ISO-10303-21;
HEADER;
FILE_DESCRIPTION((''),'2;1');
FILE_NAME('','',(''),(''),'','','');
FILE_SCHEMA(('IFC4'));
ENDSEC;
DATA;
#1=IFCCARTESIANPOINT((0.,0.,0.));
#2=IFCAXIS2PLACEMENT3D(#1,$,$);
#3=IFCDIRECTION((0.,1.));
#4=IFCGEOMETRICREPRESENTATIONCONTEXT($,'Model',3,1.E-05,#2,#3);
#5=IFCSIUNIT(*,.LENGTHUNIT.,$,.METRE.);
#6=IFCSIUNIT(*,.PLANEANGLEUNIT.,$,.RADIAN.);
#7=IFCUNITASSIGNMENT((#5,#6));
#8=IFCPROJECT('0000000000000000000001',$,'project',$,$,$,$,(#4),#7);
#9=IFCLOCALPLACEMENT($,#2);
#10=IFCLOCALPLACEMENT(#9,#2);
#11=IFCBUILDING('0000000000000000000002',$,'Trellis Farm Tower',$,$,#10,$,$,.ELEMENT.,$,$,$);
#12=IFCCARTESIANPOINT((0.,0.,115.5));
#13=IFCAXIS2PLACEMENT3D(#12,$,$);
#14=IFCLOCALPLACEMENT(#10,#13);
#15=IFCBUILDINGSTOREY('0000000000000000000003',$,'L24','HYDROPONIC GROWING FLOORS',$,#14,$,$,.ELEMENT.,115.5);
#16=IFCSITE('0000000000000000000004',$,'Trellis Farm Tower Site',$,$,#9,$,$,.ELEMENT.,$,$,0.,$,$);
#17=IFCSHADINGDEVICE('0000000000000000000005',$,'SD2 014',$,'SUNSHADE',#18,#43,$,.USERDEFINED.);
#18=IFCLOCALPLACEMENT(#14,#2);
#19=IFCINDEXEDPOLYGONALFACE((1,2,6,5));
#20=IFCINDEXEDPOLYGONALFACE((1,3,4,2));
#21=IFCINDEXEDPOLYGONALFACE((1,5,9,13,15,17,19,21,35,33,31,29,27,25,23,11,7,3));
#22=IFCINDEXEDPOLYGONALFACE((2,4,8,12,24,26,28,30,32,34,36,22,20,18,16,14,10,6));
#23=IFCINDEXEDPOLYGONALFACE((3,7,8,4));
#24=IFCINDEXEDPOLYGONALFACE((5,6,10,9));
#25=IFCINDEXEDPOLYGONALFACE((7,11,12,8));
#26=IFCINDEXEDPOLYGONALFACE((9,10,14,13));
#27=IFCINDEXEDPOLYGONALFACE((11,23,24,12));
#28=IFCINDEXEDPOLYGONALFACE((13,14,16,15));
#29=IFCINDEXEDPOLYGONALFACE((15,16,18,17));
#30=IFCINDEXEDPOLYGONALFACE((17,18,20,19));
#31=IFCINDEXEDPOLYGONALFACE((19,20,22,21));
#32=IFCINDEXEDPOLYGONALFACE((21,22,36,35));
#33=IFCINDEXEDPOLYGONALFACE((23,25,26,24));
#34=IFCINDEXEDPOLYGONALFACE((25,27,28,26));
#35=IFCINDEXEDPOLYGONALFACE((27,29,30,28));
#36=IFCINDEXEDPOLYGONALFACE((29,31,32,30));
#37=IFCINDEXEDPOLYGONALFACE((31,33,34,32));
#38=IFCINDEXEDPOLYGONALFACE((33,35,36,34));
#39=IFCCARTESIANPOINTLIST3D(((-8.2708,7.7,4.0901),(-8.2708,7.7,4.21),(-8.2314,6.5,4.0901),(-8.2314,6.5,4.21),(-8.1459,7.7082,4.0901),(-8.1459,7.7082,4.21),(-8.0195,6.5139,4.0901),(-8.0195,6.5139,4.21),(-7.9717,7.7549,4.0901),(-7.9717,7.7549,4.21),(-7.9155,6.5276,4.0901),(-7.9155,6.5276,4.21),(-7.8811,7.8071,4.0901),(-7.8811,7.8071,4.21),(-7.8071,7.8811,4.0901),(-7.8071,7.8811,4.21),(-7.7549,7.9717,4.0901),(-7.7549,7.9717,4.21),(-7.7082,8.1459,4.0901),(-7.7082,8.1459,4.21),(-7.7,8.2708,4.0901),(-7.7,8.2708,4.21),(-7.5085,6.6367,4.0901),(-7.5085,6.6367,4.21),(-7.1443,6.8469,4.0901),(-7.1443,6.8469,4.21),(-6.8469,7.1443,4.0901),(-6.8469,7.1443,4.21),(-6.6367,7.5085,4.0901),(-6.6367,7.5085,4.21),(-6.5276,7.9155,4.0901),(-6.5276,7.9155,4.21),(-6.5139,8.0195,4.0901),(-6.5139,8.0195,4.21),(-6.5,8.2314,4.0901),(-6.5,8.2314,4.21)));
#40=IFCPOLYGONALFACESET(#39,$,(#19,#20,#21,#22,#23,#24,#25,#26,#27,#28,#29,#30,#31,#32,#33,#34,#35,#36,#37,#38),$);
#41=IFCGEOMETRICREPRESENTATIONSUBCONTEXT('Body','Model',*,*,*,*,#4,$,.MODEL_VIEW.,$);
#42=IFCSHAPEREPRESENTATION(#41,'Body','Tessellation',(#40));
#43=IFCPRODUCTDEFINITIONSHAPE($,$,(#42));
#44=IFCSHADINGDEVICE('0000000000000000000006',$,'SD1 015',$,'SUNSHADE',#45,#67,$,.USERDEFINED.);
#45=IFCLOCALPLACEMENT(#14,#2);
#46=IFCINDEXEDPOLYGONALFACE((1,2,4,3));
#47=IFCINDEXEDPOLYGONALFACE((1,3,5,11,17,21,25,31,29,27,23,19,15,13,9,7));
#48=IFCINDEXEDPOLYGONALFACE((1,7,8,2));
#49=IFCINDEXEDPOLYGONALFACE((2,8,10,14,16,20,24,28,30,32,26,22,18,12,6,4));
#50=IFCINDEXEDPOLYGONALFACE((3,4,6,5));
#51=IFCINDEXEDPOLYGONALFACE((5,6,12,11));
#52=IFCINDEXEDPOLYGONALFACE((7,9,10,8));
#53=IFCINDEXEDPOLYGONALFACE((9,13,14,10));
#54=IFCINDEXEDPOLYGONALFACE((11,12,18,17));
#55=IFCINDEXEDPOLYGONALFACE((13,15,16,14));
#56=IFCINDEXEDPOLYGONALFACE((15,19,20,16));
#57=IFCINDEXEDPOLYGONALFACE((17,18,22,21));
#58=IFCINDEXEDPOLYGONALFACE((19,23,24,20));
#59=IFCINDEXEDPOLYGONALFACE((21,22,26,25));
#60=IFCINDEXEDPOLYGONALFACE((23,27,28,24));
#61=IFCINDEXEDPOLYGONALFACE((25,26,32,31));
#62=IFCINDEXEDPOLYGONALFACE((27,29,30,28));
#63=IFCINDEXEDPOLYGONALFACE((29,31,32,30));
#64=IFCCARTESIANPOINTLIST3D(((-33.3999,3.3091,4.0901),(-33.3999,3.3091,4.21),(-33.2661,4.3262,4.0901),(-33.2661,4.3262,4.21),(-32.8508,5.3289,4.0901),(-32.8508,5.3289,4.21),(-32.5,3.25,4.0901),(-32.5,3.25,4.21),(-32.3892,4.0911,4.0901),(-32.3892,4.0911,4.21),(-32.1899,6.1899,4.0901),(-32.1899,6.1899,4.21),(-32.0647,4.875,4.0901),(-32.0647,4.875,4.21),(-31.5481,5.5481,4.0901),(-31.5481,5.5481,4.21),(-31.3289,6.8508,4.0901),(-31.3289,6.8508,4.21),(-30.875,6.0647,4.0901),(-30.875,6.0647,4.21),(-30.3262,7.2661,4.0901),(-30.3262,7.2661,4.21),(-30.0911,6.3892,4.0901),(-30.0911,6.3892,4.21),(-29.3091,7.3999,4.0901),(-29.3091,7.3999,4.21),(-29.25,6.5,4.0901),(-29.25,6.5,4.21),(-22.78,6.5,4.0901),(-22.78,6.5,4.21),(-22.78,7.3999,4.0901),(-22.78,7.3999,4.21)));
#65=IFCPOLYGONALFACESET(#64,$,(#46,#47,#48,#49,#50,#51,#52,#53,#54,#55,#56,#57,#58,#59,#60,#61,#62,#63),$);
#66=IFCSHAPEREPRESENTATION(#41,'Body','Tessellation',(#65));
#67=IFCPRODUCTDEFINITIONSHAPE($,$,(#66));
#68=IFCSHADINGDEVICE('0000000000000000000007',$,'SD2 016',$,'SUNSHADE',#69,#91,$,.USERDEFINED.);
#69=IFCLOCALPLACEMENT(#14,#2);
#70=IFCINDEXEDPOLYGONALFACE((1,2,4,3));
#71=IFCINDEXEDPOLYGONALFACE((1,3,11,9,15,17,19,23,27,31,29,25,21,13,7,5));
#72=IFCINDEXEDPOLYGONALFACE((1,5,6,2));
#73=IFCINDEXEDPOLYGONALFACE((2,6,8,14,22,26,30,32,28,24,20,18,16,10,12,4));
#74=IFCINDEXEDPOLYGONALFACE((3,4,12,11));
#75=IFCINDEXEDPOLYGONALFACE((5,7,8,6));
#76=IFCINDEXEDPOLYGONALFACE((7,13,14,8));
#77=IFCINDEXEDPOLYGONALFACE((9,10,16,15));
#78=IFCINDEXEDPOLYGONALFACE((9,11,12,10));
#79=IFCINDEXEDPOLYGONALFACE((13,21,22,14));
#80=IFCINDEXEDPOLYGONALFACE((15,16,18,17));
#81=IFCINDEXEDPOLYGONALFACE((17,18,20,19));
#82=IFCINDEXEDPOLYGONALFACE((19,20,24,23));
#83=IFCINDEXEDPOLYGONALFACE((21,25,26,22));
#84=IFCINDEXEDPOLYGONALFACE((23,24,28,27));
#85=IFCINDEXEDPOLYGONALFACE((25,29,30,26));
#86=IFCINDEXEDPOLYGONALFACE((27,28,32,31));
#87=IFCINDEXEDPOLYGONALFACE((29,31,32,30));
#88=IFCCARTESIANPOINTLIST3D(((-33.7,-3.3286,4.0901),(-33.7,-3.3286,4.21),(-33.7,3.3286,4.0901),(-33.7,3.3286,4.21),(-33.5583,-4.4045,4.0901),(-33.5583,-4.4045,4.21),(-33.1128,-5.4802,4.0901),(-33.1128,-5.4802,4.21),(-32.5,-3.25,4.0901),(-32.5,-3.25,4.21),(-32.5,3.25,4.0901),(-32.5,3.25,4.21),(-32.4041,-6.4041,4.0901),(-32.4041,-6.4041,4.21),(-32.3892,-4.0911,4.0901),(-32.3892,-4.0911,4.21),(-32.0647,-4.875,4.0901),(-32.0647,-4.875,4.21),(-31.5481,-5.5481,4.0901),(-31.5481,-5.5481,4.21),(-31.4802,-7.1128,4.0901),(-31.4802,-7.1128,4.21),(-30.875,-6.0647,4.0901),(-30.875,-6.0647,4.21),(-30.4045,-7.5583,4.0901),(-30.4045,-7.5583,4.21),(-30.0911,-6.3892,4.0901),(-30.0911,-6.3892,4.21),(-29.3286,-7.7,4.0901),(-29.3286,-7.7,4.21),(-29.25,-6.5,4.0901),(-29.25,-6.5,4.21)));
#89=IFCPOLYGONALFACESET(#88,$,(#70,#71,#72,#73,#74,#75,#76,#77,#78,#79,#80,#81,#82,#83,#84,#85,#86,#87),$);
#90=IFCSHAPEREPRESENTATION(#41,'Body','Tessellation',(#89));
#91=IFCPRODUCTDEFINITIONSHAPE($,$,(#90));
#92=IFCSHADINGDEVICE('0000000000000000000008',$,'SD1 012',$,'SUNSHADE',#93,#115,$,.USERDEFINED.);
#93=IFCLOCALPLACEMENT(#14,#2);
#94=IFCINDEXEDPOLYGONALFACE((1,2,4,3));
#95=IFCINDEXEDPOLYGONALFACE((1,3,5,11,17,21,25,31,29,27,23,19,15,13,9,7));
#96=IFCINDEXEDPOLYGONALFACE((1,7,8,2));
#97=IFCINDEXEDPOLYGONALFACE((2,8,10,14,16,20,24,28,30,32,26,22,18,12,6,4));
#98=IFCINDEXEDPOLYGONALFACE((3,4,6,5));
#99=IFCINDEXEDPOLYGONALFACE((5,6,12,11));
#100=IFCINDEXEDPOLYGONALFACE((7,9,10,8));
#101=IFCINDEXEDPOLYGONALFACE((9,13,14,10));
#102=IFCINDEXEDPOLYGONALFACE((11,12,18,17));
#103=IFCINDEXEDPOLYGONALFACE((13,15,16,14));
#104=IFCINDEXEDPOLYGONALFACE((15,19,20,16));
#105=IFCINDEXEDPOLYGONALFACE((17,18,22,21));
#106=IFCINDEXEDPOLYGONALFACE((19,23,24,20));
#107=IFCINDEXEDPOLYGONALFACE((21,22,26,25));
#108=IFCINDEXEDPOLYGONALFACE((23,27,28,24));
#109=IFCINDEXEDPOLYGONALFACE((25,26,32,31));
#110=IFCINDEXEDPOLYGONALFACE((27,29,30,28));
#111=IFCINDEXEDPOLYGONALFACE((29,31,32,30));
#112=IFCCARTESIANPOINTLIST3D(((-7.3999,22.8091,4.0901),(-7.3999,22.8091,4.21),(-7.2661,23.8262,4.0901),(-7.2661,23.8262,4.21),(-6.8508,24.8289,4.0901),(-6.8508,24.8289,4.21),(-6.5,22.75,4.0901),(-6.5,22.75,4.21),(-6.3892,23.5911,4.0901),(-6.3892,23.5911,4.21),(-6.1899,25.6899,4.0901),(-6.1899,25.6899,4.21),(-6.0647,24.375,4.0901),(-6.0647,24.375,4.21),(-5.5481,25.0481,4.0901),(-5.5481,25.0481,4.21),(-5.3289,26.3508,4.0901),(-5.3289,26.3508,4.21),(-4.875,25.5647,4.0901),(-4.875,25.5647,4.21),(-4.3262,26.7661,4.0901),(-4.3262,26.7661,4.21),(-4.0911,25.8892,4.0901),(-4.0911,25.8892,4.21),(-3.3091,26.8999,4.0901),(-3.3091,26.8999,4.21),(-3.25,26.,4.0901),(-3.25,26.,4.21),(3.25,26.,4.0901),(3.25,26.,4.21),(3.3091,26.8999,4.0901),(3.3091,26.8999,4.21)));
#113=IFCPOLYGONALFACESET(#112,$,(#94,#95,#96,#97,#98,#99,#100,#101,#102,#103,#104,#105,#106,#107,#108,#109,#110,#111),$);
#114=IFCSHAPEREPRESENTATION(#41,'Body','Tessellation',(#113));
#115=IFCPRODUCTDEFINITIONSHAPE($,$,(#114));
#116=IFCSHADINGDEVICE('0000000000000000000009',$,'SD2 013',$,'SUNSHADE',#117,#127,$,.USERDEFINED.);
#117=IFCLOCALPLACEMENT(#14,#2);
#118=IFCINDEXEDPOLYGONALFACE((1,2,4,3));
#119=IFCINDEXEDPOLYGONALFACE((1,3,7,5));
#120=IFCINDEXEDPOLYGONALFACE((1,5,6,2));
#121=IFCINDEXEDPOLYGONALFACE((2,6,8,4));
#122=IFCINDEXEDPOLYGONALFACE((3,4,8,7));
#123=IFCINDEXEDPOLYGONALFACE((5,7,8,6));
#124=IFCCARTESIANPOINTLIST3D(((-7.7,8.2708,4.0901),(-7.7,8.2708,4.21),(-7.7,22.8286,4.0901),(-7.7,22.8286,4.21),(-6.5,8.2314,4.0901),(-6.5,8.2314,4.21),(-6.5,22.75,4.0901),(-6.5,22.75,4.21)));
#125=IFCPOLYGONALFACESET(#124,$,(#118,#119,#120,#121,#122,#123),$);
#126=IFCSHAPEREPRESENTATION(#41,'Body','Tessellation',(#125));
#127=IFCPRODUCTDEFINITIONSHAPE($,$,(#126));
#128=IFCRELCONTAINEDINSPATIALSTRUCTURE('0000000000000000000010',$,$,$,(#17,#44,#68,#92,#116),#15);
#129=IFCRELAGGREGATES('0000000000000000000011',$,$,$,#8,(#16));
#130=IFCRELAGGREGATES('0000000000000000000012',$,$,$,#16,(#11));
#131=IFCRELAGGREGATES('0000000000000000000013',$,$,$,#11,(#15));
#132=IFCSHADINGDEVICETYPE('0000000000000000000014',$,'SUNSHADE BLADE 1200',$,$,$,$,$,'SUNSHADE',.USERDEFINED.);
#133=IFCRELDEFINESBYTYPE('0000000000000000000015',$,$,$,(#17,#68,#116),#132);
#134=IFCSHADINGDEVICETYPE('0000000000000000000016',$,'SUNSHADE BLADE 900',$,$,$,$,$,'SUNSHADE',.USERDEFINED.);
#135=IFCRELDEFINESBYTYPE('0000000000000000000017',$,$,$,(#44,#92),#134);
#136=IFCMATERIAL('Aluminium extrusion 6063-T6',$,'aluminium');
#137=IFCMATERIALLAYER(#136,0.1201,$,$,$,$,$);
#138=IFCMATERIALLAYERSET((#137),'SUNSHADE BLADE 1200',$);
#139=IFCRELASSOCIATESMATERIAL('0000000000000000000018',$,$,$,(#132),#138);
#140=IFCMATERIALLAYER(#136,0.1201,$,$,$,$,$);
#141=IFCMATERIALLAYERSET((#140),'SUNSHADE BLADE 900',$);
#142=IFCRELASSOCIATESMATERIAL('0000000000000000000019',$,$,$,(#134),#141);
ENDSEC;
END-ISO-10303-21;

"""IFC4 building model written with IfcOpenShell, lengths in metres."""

from ifc_helpers import new_model, si_unit, direction, frame, origin, place, context, subcontext, project, spatial, polyline, outline, extrude, source, transform, mapped, material, layer, layer_set, type_object, element, save


model = new_model("IFC4")

# Units and contexts
model_context = context("Model", 3, precision=1e-05, world=origin(), true_north=direction((0.0, 1.0)))
body_context = subcontext(model_context, "Body", "Model", "MODEL_VIEW")
ifc_project = project(units=[si_unit("LENGTHUNIT", "METRE"), si_unit("PLANEANGLEUNIT", "RADIAN")], contexts=[model_context])

# Site, building, storey
site_placement = place(None, origin())
site = spatial("IfcSite", under=ifc_project, at=site_placement, Name="Trellis Farm Tower Site", CompositionType="ELEMENT", RefElevation=0.0)
building_placement = place(site_placement, origin())
building = spatial("IfcBuilding", under=site, at=building_placement, Name="Trellis Farm Tower", CompositionType="ELEMENT")
storey_placement = place(building_placement, frame((0.0, 0.0, 115.5)))
storey = spatial("IfcBuildingStorey", under=building, at=storey_placement, Name="L24", Description="HYDROPONIC GROWING FLOORS", CompositionType="ELEMENT", Elevation=115.5)

# Shared definitions
ifc_material_1 = material(Name="Aluminium extrusion 6063-T6", Category="aluminium")

# Shading devices
ifc_layer_1 = layer(ifc_material_1, 0.1201)
ifc_layer_set_1 = layer_set([ifc_layer_1], Name="SUNSHADE BLADE 1200")
shading_device_type_1 = type_object("IfcShadingDeviceType", Name="SUNSHADE BLADE 1200", ElementType="SUNSHADE", PredefinedType="USERDEFINED", material=ifc_layer_set_1)
shared_shape_1 = source(origin(), body_context, "Body", "SweptSolid", [
    extrude(outline(polyline([(-7.7, 8.2708), (-7.7087, 8.1372), (-7.707, 8.1501), (-7.7549, 7.9717), (-7.8071, 7.8811), (-7.8811, 7.8071), (-7.9717, 7.7549), (-8.1501, 7.707), (-8.1372, 7.7087), (-8.2708, 7.7), (-8.2314, 6.5), (-8.0195, 6.5139), (-7.9155, 6.5276), (-7.5085, 6.6367), (-7.1443, 6.8469), (-6.8469, 7.1443), (-6.6367, 7.5085), (-6.5276, 7.9155), (-6.5139, 8.0195), (-6.5, 8.2314), (-7.7, 8.2708)])), origin(), (0.0, 0.0, 1.0), 0.1199),
])
placement_1 = place(storey_placement, frame((0.0, 0.0, 4.0901)))
element("IfcShadingDevice", 1, at=placement_1, inside=storey, type_object=shading_device_type_1, Name="SD2 014", ObjectType="SUNSHADE", PredefinedType="USERDEFINED", context=body_context, shape_type="MappedRepresentation", body=[
    mapped(shared_shape_1, transform((0.0, 0.0, 0.0))),
])
ifc_layer_2 = layer(ifc_material_1, 0.1201)
ifc_layer_set_2 = layer_set([ifc_layer_2], Name="SUNSHADE BLADE 900")
shading_device_type_2 = type_object("IfcShadingDeviceType", Name="SUNSHADE BLADE 900", ElementType="SUNSHADE", PredefinedType="USERDEFINED", material=ifc_layer_set_2)
shared_shape_2 = source(origin(), body_context, "Body", "SweptSolid", [
    extrude(outline(polyline([(-22.78, 7.3999), (-29.3091, 7.3999), (-30.3262, 7.2661), (-31.3289, 6.8508), (-32.1899, 6.1899), (-32.8508, 5.3289), (-33.2661, 4.3262), (-33.3999, 3.3091), (-32.5, 3.25), (-32.3892, 4.0911), (-32.0647, 4.875), (-31.5481, 5.5481), (-30.875, 6.0647), (-30.0911, 6.3892), (-29.25, 6.5), (-22.78, 6.5), (-22.78, 7.3999)])), origin(), (0.0, 0.0, 1.0), 0.1199),
])
element("IfcShadingDevice", 2, at=placement_1, inside=storey, type_object=shading_device_type_2, Name="SD1 015", ObjectType="SUNSHADE", PredefinedType="USERDEFINED", context=body_context, shape_type="MappedRepresentation", body=[
    mapped(shared_shape_2, transform((0.0, 0.0, 0.0))),
])
shared_shape_3 = source(origin(), body_context, "Body", "SweptSolid", [
    extrude(outline(polyline([(-33.7, 3.3286), (-33.7, -3.3286), (-33.5583, -4.4045), (-33.1128, -5.4802), (-32.4041, -6.4041), (-31.4802, -7.1128), (-30.4045, -7.5583), (-29.3286, -7.7), (-29.25, -6.5), (-30.0911, -6.3892), (-30.875, -6.0647), (-31.5481, -5.5481), (-32.0647, -4.875), (-32.3892, -4.0911), (-32.5, -3.25), (-32.5, 3.25), (-33.7, 3.3286)])), origin(), (0.0, 0.0, 1.0), 0.1199),
])
element("IfcShadingDevice", 3, at=placement_1, inside=storey, type_object=shading_device_type_1, Name="SD2 016", ObjectType="SUNSHADE", PredefinedType="USERDEFINED", context=body_context, shape_type="MappedRepresentation", body=[
    mapped(shared_shape_3, transform((0.0, 0.0, 0.0))),
])
shared_shape_4 = source(origin(), body_context, "Body", "SweptSolid", [
    extrude(outline(polyline([(3.3091, 26.8999), (-3.3091, 26.8999), (-4.3262, 26.7661), (-5.3289, 26.3508), (-6.1899, 25.6899), (-6.8508, 24.8289), (-7.2661, 23.8262), (-7.3999, 22.8091), (-6.5, 22.75), (-6.3892, 23.5911), (-6.0647, 24.375), (-5.5481, 25.0481), (-4.875, 25.5647), (-4.0911, 25.8892), (-3.25, 26.0), (3.25, 26.0), (3.3091, 26.8999)])), origin(), (0.0, 0.0, 1.0), 0.1199),
])
element("IfcShadingDevice", 4, at=placement_1, inside=storey, type_object=shading_device_type_2, Name="SD1 012", ObjectType="SUNSHADE", PredefinedType="USERDEFINED", context=body_context, shape_type="MappedRepresentation", body=[
    mapped(shared_shape_4, transform((0.0, 0.0, 0.0))),
])
shared_shape_5 = source(origin(), body_context, "Body", "SweptSolid", [
    extrude(outline(polyline([(-7.7, 22.8286), (-7.7, 8.2708), (-6.5, 8.2314), (-6.5, 22.75), (-7.7, 22.8286)])), origin(), (0.0, 0.0, 1.0), 0.1199),
])
element("IfcShadingDevice", 5, at=placement_1, inside=storey, type_object=shading_device_type_1, Name="SD2 013", ObjectType="SUNSHADE", PredefinedType="USERDEFINED", context=body_context, shape_type="MappedRepresentation", body=[
    mapped(shared_shape_5, transform((0.0, 0.0, 0.0))),
])

save(model, "model.ifc")
